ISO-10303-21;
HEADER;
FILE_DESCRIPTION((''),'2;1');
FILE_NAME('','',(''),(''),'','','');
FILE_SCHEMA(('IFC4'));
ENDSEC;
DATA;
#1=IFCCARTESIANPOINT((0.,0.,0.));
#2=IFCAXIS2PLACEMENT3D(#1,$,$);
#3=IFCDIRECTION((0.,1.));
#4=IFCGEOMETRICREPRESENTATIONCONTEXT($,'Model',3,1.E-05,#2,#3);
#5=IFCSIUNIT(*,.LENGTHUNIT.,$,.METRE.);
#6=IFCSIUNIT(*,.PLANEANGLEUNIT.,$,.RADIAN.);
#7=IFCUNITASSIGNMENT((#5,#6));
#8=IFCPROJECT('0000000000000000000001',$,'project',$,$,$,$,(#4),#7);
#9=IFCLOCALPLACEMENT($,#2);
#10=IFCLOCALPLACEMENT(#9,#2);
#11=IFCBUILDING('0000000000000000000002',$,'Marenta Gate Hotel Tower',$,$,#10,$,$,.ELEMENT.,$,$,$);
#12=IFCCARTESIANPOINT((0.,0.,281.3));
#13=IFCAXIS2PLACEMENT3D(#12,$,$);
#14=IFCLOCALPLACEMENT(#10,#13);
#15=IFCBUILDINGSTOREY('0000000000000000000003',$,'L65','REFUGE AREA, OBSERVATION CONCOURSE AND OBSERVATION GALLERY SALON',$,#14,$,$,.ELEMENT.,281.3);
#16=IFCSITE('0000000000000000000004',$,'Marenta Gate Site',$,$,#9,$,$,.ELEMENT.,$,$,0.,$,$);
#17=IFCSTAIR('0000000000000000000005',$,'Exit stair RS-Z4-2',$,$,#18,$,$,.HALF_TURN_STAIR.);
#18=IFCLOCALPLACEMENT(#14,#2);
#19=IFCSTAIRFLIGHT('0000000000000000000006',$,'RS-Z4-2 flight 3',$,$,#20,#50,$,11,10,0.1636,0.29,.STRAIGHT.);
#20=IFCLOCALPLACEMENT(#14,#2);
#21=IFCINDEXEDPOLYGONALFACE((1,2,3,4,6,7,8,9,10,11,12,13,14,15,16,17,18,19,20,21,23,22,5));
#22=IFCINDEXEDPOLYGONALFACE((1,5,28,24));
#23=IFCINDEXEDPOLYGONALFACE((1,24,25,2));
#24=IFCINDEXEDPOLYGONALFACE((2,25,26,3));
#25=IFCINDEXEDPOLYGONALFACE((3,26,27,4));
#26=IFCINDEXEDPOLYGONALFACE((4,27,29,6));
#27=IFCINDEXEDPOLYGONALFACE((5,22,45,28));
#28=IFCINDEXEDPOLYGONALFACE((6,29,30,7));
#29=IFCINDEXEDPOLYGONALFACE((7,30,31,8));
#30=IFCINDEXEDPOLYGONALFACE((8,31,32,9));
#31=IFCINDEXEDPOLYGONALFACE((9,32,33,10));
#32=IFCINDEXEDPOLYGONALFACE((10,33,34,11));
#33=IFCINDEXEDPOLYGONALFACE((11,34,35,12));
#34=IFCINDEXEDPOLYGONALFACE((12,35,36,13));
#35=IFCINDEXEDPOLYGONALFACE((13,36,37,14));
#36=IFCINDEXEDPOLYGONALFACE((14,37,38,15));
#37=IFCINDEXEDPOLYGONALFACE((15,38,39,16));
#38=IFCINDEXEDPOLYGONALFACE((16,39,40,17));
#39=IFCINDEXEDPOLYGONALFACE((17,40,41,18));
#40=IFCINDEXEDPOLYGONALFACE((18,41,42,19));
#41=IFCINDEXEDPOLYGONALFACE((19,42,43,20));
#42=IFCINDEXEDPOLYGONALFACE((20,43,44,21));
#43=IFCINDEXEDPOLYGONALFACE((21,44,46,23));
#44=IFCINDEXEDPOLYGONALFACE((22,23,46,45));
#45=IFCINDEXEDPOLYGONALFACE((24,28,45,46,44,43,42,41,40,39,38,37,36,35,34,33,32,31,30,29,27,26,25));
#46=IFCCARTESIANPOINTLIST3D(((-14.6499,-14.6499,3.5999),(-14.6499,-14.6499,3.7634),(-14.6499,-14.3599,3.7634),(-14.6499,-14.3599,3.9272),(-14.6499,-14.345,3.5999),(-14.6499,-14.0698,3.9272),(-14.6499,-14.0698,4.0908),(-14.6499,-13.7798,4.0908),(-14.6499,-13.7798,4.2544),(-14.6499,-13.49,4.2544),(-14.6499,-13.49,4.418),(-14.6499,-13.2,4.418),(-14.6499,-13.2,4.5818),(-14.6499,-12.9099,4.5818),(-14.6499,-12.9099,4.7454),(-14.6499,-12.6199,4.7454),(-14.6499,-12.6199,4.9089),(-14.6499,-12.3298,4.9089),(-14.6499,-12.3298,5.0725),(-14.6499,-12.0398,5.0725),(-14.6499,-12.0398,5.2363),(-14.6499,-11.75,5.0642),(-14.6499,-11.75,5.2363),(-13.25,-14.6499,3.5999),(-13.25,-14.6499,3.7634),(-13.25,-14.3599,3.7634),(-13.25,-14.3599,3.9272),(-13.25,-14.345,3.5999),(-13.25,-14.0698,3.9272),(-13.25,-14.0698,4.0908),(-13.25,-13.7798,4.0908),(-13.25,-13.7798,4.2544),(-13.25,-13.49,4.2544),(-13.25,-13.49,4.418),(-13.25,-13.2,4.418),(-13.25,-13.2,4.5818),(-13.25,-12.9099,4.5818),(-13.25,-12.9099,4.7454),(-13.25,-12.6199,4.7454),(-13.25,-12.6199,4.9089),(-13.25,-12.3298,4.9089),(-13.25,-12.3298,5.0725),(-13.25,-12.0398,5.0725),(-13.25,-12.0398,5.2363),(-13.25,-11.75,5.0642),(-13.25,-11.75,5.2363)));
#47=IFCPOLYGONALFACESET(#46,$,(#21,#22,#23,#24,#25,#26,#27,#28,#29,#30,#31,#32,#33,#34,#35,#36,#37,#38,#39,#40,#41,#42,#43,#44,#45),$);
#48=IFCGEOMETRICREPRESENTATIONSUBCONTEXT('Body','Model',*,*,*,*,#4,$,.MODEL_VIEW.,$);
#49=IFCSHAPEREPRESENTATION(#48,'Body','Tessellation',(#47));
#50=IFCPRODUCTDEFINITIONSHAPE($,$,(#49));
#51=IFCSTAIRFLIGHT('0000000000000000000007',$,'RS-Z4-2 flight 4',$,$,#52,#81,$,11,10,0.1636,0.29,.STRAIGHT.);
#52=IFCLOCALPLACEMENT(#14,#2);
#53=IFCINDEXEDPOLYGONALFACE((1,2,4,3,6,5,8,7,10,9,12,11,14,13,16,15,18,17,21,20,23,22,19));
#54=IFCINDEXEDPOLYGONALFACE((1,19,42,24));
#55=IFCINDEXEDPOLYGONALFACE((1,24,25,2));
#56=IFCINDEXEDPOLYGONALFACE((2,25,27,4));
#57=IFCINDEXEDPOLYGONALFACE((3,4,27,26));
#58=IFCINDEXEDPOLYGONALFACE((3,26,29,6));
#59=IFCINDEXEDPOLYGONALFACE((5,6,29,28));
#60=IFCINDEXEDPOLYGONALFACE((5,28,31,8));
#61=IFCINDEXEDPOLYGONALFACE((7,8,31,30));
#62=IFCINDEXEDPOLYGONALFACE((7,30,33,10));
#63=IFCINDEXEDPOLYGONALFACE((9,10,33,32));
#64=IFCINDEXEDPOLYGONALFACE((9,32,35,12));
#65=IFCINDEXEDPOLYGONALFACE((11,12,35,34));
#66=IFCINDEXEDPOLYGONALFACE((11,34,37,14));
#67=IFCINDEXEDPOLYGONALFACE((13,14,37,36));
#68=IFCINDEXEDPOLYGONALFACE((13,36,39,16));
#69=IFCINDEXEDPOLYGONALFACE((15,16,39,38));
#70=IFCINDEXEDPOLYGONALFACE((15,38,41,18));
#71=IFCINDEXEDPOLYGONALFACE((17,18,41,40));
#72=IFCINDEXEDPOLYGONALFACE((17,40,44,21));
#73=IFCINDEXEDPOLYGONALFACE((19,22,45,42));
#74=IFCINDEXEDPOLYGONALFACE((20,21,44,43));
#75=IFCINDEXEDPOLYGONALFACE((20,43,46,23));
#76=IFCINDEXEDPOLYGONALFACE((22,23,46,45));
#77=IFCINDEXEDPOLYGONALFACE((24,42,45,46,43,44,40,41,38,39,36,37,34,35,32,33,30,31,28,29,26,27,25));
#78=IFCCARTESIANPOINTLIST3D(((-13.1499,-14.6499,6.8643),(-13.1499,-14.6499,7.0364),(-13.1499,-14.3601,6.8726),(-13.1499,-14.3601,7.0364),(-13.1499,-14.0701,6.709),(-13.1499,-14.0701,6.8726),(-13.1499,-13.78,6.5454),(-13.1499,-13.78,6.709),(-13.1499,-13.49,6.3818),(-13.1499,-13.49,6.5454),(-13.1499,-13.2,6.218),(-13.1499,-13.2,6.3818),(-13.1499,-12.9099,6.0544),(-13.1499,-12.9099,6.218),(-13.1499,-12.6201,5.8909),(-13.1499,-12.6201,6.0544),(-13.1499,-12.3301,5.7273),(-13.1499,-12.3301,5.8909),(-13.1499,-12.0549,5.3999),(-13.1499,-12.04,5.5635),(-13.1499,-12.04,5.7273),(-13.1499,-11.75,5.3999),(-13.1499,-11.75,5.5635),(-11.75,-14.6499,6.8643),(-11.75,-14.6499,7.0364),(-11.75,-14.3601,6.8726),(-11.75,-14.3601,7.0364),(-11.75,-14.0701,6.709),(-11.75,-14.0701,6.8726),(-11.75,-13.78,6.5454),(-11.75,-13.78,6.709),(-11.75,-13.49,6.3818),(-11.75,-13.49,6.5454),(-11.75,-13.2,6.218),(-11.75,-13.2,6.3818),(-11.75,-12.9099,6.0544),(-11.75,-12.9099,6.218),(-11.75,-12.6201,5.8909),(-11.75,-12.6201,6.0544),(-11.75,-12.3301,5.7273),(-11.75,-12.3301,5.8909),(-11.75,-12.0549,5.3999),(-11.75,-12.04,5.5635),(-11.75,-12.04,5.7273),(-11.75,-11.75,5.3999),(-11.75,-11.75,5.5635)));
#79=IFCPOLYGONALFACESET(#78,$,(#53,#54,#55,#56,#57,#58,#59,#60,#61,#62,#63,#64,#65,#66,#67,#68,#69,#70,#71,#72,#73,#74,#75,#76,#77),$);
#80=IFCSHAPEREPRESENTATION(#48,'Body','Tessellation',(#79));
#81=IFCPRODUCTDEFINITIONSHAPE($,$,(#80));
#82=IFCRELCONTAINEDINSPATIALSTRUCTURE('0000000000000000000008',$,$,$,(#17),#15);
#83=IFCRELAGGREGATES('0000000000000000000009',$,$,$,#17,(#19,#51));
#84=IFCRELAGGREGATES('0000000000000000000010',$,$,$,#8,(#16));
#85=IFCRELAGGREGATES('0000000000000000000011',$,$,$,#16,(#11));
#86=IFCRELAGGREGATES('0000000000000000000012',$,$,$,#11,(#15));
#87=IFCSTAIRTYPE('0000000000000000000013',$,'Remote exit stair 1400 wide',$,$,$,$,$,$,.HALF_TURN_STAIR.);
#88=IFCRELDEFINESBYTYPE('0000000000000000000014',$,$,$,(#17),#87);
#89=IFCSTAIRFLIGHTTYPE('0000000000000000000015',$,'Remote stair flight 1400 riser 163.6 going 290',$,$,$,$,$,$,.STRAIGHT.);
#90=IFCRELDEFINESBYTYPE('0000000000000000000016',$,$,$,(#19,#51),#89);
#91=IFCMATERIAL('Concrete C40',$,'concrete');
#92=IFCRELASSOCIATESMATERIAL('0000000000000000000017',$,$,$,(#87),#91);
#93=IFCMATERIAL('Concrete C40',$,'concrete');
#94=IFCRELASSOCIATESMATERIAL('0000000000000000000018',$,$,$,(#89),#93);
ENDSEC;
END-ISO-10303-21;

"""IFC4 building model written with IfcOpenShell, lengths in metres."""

from ifc_helpers import new_model, si_unit, direction, frame, origin, place, context, subcontext, project, spatial, polyline, outline, extrude, material, type_object, element, aggregate, save


model = new_model("IFC4")

# Units and contexts
model_context = context("Model", 3, precision=1e-05, world=origin(), true_north=direction((0.0, 1.0)))
body_context = subcontext(model_context, "Body", "Model", "MODEL_VIEW")
ifc_project = project(units=[si_unit("LENGTHUNIT", "METRE"), si_unit("PLANEANGLEUNIT", "RADIAN")], contexts=[model_context])

# Site, building, storey
site_placement = place(None, origin())
site = spatial("IfcSite", under=ifc_project, at=site_placement, Name="Marenta Gate Site", CompositionType="ELEMENT", RefElevation=0.0)
building_placement = place(site_placement, origin())
building = spatial("IfcBuilding", under=site, at=building_placement, Name="Marenta Gate Hotel Tower", CompositionType="ELEMENT")
storey_placement = place(building_placement, frame((0.0, 0.0, 281.3)))
storey = spatial("IfcBuildingStorey", under=building, at=storey_placement, Name="L65", Description="REFUGE AREA, OBSERVATION CONCOURSE AND OBSERVATION GALLERY SALON", CompositionType="ELEMENT", Elevation=281.3)

# Stair, stair flights
ifc_material_1 = material(Name="Concrete C40", Category="concrete")
stair_type = type_object("IfcStairType", Name="Remote exit stair 1400 wide", PredefinedType="HALF_TURN_STAIR", material=ifc_material_1)
stair_placement = place(storey_placement, origin())
stair = element("IfcStair", 1, at=stair_placement, inside=storey, type_object=stair_type, Name="Exit stair RS-Z4-2", PredefinedType="HALF_TURN_STAIR")
ifc_material_2 = material(Name="Concrete C40", Category="concrete")
stair_flight_type = type_object("IfcStairFlightType", Name="Remote stair flight 1400 riser 163.6 going 290", PredefinedType="STRAIGHT", material=ifc_material_2)
stair_flight_1_placement = place(storey_placement, frame((-13.95, -14.6499, 3.5999), z_axis=(0.0, 0.0, 1.0), x_axis=(0.0, 1.0, 0.0)))
stair_flight_1 = element("IfcStairFlight", 2, at=stair_flight_1_placement, type_object=stair_flight_type, Name="RS-Z4-2 flight 3", NumberOfRisers=11, NumberOfTreads=10, PredefinedType="STRAIGHT", RiserHeight=0.1636, TreadLength=0.29, context=body_context, shape_type="SweptSolid", body=[
    extrude(outline(polyline([(0.0, 0.0), (0.0, 0.1636), (0.29, 0.1636), (0.29, 0.3274), (0.5801, 0.3274), (0.5801, 0.491), (0.8701, 0.491), (0.8701, 0.6545), (1.1599, 0.6545), (1.1599, 0.8181), (1.45, 0.8181), (1.45, 0.9819), (1.74, 0.9819), (1.74, 1.1455), (2.03, 1.1455), (2.03, 1.3091), (2.3201, 1.3091), (2.3201, 1.4727), (2.6101, 1.4727), (2.6101, 1.6365), (2.8999, 1.6365), (2.8999, 1.8), (2.8999, 1.4644), (0.3049, 0.0), (0.0, 0.0)])), frame((0.0, 0.7, 0.0), z_axis=(0.0, -1.0, 0.0), x_axis=(1.0, 0.0, 0.0)), (0.0, 0.0, 1.0), 1.3999),
])
stair_flight_2_placement = place(storey_placement, frame((-12.45, -11.75, 5.3999), z_axis=(0.0, 0.0, 1.0), x_axis=(0.0, -1.0, 0.0)))
stair_flight_2 = element("IfcStairFlight", 3, at=stair_flight_2_placement, type_object=stair_flight_type, Name="RS-Z4-2 flight 4", NumberOfRisers=11, NumberOfTreads=10, PredefinedType="STRAIGHT", RiserHeight=0.1636, TreadLength=0.29, context=body_context, shape_type="SweptSolid", body=[
    extrude(outline(polyline([(0.0, 0.0), (0.0, 0.1636), (0.29, 0.1636), (0.29, 0.3274), (0.5801, 0.3274), (0.5801, 0.491), (0.8701, 0.491), (0.8701, 0.6545), (1.1599, 0.6545), (1.1599, 0.8181), (1.45, 0.8181), (1.45, 0.9819), (1.74, 0.9819), (1.74, 1.1455), (2.03, 1.1455), (2.03, 1.3091), (2.3201, 1.3091), (2.3201, 1.4727), (2.6101, 1.4727), (2.6101, 1.6365), (2.8999, 1.6365), (2.8999, 1.8), (2.8999, 1.4644), (0.3049, 0.0), (0.0, 0.0)])), frame((0.0, 0.7, 0.0), z_axis=(0.0, -1.0, 0.0), x_axis=(1.0, 0.0, 0.0)), (0.0, 0.0, 1.0), 1.3999),
])
aggregate(stair, [stair_flight_1, stair_flight_2])

save(model, "model.ifc")
